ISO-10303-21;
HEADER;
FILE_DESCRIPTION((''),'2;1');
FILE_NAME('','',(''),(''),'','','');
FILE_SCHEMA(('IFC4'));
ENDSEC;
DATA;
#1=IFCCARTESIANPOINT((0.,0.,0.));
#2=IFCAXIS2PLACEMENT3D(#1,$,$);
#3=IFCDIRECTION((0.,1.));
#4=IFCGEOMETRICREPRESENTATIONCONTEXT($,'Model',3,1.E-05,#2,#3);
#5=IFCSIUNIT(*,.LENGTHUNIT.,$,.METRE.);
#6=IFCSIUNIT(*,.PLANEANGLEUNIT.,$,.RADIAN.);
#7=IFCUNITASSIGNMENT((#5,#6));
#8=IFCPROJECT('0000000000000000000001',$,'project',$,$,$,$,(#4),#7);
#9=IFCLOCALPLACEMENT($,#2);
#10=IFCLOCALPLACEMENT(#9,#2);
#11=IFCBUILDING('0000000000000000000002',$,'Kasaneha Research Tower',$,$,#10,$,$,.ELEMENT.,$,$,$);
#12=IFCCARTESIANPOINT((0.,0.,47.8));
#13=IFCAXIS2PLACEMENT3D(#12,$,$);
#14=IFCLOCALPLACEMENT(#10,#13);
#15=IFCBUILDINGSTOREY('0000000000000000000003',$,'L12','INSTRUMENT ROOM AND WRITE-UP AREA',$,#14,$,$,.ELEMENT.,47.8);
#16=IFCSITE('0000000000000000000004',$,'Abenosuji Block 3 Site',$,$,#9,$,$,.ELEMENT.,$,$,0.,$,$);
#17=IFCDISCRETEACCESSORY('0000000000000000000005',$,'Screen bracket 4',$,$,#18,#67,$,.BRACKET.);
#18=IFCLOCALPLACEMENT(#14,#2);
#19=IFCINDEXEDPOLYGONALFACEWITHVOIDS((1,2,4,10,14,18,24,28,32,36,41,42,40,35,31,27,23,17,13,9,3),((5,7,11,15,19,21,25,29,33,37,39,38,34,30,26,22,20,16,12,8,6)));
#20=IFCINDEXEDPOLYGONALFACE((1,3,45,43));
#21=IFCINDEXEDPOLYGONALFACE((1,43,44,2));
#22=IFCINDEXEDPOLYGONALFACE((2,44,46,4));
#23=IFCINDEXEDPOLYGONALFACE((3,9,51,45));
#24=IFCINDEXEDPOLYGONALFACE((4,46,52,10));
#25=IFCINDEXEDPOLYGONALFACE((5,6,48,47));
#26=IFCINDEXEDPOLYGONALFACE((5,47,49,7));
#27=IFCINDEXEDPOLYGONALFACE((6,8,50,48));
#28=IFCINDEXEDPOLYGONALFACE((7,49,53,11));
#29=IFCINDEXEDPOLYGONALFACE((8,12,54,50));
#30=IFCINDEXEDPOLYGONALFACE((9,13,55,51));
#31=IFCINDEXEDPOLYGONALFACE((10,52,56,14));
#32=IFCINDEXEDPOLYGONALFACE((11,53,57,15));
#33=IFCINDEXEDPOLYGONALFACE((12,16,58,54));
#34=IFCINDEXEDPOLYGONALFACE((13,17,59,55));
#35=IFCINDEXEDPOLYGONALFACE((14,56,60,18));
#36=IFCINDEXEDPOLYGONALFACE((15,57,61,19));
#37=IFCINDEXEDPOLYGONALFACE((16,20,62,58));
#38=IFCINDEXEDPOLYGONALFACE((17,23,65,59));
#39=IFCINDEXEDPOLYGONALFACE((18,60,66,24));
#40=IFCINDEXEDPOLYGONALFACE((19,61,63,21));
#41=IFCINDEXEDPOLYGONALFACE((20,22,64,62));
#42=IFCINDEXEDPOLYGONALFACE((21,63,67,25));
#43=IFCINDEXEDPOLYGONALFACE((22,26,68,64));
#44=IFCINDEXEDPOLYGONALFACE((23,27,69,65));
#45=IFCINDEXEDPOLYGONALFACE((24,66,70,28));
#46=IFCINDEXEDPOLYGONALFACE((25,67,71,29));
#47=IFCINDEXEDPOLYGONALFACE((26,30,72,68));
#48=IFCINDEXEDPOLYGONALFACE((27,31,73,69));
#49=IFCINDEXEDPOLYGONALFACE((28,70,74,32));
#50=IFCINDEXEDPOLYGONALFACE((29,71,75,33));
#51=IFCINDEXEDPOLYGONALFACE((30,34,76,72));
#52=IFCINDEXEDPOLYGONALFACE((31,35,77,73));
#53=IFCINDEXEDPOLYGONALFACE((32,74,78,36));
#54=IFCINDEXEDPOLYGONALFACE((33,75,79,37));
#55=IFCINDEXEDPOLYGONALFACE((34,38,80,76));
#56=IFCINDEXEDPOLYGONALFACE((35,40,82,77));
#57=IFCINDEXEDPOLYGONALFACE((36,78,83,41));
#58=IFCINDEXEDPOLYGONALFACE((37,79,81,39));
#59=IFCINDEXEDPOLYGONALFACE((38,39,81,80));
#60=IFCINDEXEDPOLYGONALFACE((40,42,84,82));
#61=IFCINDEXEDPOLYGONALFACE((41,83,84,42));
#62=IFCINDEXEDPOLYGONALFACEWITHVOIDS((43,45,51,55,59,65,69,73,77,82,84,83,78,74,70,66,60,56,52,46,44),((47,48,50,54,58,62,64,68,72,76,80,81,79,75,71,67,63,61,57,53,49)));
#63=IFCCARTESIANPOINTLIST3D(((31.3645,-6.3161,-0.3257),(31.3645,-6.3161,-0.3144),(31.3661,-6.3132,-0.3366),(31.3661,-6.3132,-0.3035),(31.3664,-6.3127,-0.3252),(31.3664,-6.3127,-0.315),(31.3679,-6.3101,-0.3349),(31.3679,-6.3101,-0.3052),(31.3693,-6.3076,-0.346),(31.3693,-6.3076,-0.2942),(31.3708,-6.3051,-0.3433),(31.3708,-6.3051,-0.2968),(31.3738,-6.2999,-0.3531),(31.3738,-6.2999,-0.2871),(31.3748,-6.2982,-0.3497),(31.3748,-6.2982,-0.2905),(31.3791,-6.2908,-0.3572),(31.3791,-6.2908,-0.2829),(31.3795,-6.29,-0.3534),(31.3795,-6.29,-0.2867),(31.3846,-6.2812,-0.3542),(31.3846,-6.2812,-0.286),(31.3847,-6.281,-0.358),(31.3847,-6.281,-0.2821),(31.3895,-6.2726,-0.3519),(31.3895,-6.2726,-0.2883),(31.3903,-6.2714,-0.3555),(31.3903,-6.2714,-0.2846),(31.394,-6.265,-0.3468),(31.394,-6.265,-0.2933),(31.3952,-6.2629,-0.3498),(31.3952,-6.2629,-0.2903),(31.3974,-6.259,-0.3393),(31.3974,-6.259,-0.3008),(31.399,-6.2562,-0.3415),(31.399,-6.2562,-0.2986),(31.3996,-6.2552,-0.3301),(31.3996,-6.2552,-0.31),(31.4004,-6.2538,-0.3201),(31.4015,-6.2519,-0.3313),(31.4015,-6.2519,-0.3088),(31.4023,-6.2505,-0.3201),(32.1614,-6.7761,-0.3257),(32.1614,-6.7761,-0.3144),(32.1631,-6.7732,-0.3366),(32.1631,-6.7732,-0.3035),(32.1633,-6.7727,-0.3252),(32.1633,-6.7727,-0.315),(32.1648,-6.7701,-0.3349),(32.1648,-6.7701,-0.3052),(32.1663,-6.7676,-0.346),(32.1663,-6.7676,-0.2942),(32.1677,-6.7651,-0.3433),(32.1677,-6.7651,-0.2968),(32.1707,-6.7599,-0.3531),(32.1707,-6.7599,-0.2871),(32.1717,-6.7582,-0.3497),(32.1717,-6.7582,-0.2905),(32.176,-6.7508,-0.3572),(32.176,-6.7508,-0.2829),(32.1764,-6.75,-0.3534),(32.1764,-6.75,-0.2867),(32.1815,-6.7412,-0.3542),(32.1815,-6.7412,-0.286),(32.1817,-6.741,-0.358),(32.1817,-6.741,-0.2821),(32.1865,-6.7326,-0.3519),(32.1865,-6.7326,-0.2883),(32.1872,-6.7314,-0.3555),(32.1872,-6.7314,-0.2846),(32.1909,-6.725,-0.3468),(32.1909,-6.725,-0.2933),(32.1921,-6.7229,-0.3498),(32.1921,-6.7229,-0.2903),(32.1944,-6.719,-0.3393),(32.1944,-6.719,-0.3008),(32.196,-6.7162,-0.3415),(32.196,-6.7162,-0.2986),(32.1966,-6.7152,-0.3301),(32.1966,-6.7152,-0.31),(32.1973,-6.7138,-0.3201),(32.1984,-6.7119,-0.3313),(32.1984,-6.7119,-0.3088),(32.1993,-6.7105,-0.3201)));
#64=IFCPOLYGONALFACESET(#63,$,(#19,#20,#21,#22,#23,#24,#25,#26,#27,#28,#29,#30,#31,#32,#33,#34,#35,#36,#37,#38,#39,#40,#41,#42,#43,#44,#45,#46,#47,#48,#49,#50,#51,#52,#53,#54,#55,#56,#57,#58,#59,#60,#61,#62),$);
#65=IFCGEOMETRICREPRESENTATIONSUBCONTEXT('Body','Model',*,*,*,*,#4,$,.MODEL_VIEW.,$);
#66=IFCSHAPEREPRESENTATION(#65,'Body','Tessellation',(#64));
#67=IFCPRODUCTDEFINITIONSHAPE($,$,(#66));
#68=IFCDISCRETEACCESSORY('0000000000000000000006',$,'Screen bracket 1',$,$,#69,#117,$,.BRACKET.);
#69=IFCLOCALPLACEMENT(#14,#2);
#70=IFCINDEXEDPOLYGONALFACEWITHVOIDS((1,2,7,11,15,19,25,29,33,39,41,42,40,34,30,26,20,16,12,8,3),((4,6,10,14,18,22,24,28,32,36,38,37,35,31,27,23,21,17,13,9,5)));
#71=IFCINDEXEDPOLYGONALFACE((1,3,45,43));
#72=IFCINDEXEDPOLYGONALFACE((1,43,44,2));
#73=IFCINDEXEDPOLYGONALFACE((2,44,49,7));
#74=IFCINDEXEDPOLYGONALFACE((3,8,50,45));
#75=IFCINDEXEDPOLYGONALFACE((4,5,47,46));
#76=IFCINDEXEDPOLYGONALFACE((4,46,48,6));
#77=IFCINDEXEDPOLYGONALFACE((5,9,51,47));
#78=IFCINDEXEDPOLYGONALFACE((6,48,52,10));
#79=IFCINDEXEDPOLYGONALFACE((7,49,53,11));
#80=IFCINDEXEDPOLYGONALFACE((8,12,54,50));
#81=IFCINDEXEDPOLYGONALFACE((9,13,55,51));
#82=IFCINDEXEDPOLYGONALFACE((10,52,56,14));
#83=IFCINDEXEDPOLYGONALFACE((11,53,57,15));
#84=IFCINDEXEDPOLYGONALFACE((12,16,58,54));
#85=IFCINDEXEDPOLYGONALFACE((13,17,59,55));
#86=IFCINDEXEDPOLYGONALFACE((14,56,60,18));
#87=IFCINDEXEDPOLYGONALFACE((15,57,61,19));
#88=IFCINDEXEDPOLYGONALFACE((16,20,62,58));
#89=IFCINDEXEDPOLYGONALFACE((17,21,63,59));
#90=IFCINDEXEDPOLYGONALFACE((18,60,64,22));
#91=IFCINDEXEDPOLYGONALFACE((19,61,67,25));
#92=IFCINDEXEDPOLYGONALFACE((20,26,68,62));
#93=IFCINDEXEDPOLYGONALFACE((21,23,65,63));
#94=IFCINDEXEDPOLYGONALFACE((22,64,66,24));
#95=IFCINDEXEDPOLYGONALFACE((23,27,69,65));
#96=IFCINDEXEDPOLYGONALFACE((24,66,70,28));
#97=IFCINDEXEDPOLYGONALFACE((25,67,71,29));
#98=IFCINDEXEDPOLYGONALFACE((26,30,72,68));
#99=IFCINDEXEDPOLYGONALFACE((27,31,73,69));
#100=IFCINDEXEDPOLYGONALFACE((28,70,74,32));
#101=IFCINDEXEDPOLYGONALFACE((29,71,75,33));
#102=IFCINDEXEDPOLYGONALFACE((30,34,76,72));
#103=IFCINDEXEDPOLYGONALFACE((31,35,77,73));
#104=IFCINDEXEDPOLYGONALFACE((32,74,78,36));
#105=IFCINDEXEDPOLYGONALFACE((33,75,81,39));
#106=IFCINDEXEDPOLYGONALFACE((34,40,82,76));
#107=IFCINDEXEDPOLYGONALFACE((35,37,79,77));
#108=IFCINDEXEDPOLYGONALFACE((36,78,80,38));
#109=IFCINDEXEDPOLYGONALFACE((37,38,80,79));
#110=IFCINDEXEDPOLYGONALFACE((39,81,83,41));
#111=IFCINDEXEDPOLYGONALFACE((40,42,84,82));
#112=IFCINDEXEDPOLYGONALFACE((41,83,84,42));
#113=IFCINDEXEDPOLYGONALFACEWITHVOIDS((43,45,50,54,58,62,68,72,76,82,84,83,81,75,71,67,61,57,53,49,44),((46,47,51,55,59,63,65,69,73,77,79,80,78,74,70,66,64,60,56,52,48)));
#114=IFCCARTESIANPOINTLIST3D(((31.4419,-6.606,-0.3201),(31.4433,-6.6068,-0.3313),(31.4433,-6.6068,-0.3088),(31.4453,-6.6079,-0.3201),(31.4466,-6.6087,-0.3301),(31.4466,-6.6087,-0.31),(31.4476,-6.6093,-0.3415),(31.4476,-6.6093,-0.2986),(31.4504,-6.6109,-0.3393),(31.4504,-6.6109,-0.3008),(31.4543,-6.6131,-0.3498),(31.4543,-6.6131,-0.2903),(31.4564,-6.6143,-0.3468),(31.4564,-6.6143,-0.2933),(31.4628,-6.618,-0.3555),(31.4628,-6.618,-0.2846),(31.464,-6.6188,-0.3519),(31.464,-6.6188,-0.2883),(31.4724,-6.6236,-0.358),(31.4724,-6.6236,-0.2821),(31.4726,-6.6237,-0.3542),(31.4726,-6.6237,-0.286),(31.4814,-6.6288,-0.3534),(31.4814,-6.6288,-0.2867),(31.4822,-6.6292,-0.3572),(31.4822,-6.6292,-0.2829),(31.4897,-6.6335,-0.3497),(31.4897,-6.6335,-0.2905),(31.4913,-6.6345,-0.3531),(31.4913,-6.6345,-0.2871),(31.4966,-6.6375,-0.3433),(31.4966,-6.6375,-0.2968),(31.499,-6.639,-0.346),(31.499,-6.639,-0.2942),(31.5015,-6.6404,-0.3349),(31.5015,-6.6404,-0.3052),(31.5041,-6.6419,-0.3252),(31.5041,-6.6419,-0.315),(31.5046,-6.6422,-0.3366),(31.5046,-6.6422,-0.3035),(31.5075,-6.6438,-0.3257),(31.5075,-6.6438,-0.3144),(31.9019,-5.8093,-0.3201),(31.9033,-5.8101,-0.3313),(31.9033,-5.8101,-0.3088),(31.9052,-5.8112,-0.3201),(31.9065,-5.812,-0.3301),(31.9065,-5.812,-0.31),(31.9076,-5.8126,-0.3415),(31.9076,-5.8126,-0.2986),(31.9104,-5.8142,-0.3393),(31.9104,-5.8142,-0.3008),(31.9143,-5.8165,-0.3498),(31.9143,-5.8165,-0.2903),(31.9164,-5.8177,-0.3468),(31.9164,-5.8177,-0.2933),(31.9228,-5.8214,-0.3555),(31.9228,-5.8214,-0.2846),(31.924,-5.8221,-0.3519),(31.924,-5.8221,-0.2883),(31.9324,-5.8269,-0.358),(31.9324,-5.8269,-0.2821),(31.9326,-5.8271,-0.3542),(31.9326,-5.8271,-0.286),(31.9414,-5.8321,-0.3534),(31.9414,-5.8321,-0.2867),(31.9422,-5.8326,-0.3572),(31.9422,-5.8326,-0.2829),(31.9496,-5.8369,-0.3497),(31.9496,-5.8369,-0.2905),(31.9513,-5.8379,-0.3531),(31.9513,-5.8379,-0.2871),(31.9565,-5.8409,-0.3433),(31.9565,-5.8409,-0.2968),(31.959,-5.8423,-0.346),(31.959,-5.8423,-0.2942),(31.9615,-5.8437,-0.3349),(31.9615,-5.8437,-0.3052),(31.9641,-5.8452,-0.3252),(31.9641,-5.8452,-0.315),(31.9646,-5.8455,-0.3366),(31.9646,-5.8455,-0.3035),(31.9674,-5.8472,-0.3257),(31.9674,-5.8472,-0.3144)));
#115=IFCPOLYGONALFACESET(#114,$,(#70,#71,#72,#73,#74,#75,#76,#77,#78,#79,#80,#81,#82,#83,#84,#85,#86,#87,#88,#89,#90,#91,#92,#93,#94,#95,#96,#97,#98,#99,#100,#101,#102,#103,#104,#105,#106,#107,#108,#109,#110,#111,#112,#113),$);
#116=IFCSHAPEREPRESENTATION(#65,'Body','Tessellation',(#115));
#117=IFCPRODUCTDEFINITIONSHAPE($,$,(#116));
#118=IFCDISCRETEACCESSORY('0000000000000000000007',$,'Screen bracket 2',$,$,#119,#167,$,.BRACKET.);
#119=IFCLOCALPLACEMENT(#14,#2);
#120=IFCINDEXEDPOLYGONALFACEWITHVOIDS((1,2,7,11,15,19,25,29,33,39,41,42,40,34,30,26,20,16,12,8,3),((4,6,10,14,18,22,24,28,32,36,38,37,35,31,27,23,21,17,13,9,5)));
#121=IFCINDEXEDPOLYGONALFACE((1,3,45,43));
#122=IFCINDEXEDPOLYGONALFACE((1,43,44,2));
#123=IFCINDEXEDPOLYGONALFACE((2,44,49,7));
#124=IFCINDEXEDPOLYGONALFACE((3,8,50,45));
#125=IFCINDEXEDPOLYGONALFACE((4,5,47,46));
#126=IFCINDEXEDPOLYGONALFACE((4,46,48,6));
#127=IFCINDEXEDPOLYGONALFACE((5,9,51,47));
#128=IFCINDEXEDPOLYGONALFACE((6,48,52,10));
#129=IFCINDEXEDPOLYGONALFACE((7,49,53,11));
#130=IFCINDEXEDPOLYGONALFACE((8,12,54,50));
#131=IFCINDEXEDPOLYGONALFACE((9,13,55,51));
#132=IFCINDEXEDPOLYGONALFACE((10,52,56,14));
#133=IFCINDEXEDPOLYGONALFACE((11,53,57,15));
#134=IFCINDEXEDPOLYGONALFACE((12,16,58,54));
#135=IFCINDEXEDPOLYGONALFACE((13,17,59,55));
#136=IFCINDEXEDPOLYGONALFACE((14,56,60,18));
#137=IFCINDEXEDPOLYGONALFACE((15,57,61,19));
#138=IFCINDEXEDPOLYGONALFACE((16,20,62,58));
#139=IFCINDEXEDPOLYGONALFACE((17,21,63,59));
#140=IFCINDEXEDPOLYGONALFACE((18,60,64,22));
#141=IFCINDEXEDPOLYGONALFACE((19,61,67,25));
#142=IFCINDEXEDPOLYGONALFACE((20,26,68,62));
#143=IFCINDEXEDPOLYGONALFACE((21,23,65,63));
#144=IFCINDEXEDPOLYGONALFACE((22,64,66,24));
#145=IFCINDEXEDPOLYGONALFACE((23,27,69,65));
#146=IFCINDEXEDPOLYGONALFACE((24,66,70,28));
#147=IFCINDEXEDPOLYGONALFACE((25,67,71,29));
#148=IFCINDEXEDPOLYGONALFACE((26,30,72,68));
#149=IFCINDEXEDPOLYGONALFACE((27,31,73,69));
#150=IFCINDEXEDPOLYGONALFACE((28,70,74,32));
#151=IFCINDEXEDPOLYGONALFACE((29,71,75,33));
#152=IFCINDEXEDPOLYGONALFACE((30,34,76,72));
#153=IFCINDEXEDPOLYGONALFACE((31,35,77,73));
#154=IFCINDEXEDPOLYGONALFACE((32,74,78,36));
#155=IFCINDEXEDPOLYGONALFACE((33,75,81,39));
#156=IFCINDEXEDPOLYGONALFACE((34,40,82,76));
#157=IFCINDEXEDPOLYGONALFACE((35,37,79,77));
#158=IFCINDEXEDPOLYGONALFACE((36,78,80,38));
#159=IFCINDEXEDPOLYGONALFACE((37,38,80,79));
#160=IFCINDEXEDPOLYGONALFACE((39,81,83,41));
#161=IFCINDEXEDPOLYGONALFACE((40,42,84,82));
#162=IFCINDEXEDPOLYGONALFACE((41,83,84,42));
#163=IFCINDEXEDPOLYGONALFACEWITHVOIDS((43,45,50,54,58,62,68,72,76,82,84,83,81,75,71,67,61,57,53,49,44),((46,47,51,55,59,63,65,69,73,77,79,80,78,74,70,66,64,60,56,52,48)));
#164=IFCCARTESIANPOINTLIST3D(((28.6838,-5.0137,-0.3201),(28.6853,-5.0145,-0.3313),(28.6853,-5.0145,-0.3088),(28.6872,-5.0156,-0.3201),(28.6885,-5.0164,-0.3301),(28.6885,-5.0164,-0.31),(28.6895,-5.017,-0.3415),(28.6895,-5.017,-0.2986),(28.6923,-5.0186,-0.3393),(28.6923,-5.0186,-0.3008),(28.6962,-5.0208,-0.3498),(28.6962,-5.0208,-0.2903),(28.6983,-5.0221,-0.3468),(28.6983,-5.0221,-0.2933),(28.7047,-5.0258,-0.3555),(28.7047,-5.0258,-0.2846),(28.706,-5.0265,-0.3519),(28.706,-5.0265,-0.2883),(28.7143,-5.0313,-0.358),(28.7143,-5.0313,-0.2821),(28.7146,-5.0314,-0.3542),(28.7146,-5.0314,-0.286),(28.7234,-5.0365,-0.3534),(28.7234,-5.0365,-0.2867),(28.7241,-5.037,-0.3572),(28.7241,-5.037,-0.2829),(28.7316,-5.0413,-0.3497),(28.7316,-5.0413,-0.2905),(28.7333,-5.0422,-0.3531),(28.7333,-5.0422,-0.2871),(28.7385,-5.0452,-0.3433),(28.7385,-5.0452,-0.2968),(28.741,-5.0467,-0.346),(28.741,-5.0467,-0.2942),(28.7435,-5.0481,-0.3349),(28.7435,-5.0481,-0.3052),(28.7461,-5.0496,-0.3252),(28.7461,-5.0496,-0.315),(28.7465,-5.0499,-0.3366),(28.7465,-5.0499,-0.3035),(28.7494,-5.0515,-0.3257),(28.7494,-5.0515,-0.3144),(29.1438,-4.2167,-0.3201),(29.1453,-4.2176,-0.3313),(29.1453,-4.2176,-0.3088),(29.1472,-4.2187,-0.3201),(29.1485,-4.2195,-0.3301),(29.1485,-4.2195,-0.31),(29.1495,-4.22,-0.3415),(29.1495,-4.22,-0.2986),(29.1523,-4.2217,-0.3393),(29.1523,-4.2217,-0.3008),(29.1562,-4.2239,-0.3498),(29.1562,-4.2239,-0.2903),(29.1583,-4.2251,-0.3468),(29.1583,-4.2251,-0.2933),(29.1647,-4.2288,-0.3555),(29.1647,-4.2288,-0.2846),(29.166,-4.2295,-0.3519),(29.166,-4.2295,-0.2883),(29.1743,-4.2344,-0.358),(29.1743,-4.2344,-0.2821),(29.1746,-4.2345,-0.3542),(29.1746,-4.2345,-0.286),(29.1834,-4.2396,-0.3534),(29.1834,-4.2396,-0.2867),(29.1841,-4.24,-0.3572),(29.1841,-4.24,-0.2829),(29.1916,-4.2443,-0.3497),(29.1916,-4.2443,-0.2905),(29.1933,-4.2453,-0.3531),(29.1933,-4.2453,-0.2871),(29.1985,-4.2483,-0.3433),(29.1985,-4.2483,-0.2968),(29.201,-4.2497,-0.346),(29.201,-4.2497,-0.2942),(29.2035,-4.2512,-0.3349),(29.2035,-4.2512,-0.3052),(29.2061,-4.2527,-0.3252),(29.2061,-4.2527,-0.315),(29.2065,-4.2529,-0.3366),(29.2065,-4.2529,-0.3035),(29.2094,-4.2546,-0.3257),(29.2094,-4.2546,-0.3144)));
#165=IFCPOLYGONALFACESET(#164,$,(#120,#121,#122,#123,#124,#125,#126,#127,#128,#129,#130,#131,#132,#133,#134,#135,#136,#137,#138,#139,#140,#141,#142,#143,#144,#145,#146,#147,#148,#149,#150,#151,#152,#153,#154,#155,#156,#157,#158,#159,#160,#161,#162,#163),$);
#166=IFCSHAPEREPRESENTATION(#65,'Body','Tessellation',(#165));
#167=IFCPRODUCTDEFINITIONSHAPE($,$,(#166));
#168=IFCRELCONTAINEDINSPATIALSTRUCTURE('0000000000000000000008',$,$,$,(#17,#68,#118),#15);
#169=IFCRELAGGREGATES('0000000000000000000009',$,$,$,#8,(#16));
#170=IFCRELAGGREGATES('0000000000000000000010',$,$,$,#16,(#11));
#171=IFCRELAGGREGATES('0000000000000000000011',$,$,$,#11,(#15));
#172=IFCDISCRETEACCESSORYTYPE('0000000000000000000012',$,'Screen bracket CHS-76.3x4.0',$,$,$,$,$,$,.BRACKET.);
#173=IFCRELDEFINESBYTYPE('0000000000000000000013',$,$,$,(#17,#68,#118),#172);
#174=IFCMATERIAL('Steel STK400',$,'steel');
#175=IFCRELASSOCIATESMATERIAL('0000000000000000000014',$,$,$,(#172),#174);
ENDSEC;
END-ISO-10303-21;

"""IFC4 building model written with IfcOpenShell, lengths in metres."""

from ifc_helpers import new_model, si_unit, direction, frame, origin, origin_2d, place, context, subcontext, project, spatial, hollow_circle, extrude, material, material_profile, profile_set, type_object, element, save


model = new_model("IFC4")

# Units and contexts
model_context = context("Model", 3, precision=1e-05, world=origin(), true_north=direction((0.0, 1.0)))
body_context = subcontext(model_context, "Body", "Model", "MODEL_VIEW")
ifc_project = project(units=[si_unit("LENGTHUNIT", "METRE"), si_unit("PLANEANGLEUNIT", "RADIAN")], contexts=[model_context])

# Site, building, storey
site_placement = place(None, origin())
site = spatial("IfcSite", under=ifc_project, at=site_placement, Name="Abenosuji Block 3 Site", CompositionType="ELEMENT", RefElevation=0.0)
building_placement = place(site_placement, origin())
building = spatial("IfcBuilding", under=site, at=building_placement, Name="Kasaneha Research Tower", CompositionType="ELEMENT")
storey_placement = place(building_placement, frame((0.0, 0.0, 47.8)))
storey = spatial("IfcBuildingStorey", under=building, at=storey_placement, Name="L12", Description="INSTRUMENT ROOM AND WRITE-UP AREA", CompositionType="ELEMENT", Elevation=47.8)

# Discrete accessories
ifc_material_1 = material(Name="Steel STK400", Category="steel")
ifc_material_profile_1 = material_profile(ifc_material_1, hollow_circle(Radius=0.0381, WallThickness=0.0039, at=origin_2d()), Name="CHS-76.3x4.0")
ifc_profile_set_1 = profile_set([ifc_material_profile_1], Name="Steel STK400")
discrete_accessory_type = type_object("IfcDiscreteAccessoryType", Name="Screen bracket CHS-76.3x4.0", PredefinedType="BRACKET", material=ifc_profile_set_1)
discrete_accessory_1_placement = place(storey_placement, frame((31.3833, -6.2834, -0.3201), z_axis=(0.86608, -0.499906, 0.0), x_axis=(0.499906, 0.86608, 0.0)))
element("IfcDiscreteAccessory", 1, at=discrete_accessory_1_placement, inside=storey, type_object=discrete_accessory_type, Name="Screen bracket 4", PredefinedType="BRACKET", context=body_context, shape_type="SweptSolid", body=[
    extrude(hollow_circle(Radius=0.0381, WallThickness=0.0039, at=origin_2d()), origin(), (0.0, 0.0, 1.0), 0.9202),
])
discrete_accessory_2_placement = place(storey_placement, frame((31.4749, -6.625, -0.3201), z_axis=(0.500021, 0.866013, 0.0), x_axis=(-0.866013, 0.500021, 0.0)))
element("IfcDiscreteAccessory", 2, at=discrete_accessory_2_placement, inside=storey, type_object=discrete_accessory_type, Name="Screen bracket 1", PredefinedType="BRACKET", context=body_context, shape_type="SweptSolid", body=[
    extrude(hollow_circle(Radius=0.0381, WallThickness=0.0039, at=origin_2d()), origin(), (0.0, 0.0, 1.0), 0.9199),
])
discrete_accessory_3_placement = place(storey_placement, frame((28.7168, -5.0327, -0.3201), z_axis=(0.499906, 0.86608, 0.0), x_axis=(-0.86608, 0.499906, 0.0)))
element("IfcDiscreteAccessory", 3, at=discrete_accessory_3_placement, inside=storey, type_object=discrete_accessory_type, Name="Screen bracket 2", PredefinedType="BRACKET", context=body_context, shape_type="SweptSolid", body=[
    extrude(hollow_circle(Radius=0.0381, WallThickness=0.0039, at=origin_2d()), origin(), (0.0, 0.0, 1.0), 0.9202),
])

save(model, "model.ifc")
